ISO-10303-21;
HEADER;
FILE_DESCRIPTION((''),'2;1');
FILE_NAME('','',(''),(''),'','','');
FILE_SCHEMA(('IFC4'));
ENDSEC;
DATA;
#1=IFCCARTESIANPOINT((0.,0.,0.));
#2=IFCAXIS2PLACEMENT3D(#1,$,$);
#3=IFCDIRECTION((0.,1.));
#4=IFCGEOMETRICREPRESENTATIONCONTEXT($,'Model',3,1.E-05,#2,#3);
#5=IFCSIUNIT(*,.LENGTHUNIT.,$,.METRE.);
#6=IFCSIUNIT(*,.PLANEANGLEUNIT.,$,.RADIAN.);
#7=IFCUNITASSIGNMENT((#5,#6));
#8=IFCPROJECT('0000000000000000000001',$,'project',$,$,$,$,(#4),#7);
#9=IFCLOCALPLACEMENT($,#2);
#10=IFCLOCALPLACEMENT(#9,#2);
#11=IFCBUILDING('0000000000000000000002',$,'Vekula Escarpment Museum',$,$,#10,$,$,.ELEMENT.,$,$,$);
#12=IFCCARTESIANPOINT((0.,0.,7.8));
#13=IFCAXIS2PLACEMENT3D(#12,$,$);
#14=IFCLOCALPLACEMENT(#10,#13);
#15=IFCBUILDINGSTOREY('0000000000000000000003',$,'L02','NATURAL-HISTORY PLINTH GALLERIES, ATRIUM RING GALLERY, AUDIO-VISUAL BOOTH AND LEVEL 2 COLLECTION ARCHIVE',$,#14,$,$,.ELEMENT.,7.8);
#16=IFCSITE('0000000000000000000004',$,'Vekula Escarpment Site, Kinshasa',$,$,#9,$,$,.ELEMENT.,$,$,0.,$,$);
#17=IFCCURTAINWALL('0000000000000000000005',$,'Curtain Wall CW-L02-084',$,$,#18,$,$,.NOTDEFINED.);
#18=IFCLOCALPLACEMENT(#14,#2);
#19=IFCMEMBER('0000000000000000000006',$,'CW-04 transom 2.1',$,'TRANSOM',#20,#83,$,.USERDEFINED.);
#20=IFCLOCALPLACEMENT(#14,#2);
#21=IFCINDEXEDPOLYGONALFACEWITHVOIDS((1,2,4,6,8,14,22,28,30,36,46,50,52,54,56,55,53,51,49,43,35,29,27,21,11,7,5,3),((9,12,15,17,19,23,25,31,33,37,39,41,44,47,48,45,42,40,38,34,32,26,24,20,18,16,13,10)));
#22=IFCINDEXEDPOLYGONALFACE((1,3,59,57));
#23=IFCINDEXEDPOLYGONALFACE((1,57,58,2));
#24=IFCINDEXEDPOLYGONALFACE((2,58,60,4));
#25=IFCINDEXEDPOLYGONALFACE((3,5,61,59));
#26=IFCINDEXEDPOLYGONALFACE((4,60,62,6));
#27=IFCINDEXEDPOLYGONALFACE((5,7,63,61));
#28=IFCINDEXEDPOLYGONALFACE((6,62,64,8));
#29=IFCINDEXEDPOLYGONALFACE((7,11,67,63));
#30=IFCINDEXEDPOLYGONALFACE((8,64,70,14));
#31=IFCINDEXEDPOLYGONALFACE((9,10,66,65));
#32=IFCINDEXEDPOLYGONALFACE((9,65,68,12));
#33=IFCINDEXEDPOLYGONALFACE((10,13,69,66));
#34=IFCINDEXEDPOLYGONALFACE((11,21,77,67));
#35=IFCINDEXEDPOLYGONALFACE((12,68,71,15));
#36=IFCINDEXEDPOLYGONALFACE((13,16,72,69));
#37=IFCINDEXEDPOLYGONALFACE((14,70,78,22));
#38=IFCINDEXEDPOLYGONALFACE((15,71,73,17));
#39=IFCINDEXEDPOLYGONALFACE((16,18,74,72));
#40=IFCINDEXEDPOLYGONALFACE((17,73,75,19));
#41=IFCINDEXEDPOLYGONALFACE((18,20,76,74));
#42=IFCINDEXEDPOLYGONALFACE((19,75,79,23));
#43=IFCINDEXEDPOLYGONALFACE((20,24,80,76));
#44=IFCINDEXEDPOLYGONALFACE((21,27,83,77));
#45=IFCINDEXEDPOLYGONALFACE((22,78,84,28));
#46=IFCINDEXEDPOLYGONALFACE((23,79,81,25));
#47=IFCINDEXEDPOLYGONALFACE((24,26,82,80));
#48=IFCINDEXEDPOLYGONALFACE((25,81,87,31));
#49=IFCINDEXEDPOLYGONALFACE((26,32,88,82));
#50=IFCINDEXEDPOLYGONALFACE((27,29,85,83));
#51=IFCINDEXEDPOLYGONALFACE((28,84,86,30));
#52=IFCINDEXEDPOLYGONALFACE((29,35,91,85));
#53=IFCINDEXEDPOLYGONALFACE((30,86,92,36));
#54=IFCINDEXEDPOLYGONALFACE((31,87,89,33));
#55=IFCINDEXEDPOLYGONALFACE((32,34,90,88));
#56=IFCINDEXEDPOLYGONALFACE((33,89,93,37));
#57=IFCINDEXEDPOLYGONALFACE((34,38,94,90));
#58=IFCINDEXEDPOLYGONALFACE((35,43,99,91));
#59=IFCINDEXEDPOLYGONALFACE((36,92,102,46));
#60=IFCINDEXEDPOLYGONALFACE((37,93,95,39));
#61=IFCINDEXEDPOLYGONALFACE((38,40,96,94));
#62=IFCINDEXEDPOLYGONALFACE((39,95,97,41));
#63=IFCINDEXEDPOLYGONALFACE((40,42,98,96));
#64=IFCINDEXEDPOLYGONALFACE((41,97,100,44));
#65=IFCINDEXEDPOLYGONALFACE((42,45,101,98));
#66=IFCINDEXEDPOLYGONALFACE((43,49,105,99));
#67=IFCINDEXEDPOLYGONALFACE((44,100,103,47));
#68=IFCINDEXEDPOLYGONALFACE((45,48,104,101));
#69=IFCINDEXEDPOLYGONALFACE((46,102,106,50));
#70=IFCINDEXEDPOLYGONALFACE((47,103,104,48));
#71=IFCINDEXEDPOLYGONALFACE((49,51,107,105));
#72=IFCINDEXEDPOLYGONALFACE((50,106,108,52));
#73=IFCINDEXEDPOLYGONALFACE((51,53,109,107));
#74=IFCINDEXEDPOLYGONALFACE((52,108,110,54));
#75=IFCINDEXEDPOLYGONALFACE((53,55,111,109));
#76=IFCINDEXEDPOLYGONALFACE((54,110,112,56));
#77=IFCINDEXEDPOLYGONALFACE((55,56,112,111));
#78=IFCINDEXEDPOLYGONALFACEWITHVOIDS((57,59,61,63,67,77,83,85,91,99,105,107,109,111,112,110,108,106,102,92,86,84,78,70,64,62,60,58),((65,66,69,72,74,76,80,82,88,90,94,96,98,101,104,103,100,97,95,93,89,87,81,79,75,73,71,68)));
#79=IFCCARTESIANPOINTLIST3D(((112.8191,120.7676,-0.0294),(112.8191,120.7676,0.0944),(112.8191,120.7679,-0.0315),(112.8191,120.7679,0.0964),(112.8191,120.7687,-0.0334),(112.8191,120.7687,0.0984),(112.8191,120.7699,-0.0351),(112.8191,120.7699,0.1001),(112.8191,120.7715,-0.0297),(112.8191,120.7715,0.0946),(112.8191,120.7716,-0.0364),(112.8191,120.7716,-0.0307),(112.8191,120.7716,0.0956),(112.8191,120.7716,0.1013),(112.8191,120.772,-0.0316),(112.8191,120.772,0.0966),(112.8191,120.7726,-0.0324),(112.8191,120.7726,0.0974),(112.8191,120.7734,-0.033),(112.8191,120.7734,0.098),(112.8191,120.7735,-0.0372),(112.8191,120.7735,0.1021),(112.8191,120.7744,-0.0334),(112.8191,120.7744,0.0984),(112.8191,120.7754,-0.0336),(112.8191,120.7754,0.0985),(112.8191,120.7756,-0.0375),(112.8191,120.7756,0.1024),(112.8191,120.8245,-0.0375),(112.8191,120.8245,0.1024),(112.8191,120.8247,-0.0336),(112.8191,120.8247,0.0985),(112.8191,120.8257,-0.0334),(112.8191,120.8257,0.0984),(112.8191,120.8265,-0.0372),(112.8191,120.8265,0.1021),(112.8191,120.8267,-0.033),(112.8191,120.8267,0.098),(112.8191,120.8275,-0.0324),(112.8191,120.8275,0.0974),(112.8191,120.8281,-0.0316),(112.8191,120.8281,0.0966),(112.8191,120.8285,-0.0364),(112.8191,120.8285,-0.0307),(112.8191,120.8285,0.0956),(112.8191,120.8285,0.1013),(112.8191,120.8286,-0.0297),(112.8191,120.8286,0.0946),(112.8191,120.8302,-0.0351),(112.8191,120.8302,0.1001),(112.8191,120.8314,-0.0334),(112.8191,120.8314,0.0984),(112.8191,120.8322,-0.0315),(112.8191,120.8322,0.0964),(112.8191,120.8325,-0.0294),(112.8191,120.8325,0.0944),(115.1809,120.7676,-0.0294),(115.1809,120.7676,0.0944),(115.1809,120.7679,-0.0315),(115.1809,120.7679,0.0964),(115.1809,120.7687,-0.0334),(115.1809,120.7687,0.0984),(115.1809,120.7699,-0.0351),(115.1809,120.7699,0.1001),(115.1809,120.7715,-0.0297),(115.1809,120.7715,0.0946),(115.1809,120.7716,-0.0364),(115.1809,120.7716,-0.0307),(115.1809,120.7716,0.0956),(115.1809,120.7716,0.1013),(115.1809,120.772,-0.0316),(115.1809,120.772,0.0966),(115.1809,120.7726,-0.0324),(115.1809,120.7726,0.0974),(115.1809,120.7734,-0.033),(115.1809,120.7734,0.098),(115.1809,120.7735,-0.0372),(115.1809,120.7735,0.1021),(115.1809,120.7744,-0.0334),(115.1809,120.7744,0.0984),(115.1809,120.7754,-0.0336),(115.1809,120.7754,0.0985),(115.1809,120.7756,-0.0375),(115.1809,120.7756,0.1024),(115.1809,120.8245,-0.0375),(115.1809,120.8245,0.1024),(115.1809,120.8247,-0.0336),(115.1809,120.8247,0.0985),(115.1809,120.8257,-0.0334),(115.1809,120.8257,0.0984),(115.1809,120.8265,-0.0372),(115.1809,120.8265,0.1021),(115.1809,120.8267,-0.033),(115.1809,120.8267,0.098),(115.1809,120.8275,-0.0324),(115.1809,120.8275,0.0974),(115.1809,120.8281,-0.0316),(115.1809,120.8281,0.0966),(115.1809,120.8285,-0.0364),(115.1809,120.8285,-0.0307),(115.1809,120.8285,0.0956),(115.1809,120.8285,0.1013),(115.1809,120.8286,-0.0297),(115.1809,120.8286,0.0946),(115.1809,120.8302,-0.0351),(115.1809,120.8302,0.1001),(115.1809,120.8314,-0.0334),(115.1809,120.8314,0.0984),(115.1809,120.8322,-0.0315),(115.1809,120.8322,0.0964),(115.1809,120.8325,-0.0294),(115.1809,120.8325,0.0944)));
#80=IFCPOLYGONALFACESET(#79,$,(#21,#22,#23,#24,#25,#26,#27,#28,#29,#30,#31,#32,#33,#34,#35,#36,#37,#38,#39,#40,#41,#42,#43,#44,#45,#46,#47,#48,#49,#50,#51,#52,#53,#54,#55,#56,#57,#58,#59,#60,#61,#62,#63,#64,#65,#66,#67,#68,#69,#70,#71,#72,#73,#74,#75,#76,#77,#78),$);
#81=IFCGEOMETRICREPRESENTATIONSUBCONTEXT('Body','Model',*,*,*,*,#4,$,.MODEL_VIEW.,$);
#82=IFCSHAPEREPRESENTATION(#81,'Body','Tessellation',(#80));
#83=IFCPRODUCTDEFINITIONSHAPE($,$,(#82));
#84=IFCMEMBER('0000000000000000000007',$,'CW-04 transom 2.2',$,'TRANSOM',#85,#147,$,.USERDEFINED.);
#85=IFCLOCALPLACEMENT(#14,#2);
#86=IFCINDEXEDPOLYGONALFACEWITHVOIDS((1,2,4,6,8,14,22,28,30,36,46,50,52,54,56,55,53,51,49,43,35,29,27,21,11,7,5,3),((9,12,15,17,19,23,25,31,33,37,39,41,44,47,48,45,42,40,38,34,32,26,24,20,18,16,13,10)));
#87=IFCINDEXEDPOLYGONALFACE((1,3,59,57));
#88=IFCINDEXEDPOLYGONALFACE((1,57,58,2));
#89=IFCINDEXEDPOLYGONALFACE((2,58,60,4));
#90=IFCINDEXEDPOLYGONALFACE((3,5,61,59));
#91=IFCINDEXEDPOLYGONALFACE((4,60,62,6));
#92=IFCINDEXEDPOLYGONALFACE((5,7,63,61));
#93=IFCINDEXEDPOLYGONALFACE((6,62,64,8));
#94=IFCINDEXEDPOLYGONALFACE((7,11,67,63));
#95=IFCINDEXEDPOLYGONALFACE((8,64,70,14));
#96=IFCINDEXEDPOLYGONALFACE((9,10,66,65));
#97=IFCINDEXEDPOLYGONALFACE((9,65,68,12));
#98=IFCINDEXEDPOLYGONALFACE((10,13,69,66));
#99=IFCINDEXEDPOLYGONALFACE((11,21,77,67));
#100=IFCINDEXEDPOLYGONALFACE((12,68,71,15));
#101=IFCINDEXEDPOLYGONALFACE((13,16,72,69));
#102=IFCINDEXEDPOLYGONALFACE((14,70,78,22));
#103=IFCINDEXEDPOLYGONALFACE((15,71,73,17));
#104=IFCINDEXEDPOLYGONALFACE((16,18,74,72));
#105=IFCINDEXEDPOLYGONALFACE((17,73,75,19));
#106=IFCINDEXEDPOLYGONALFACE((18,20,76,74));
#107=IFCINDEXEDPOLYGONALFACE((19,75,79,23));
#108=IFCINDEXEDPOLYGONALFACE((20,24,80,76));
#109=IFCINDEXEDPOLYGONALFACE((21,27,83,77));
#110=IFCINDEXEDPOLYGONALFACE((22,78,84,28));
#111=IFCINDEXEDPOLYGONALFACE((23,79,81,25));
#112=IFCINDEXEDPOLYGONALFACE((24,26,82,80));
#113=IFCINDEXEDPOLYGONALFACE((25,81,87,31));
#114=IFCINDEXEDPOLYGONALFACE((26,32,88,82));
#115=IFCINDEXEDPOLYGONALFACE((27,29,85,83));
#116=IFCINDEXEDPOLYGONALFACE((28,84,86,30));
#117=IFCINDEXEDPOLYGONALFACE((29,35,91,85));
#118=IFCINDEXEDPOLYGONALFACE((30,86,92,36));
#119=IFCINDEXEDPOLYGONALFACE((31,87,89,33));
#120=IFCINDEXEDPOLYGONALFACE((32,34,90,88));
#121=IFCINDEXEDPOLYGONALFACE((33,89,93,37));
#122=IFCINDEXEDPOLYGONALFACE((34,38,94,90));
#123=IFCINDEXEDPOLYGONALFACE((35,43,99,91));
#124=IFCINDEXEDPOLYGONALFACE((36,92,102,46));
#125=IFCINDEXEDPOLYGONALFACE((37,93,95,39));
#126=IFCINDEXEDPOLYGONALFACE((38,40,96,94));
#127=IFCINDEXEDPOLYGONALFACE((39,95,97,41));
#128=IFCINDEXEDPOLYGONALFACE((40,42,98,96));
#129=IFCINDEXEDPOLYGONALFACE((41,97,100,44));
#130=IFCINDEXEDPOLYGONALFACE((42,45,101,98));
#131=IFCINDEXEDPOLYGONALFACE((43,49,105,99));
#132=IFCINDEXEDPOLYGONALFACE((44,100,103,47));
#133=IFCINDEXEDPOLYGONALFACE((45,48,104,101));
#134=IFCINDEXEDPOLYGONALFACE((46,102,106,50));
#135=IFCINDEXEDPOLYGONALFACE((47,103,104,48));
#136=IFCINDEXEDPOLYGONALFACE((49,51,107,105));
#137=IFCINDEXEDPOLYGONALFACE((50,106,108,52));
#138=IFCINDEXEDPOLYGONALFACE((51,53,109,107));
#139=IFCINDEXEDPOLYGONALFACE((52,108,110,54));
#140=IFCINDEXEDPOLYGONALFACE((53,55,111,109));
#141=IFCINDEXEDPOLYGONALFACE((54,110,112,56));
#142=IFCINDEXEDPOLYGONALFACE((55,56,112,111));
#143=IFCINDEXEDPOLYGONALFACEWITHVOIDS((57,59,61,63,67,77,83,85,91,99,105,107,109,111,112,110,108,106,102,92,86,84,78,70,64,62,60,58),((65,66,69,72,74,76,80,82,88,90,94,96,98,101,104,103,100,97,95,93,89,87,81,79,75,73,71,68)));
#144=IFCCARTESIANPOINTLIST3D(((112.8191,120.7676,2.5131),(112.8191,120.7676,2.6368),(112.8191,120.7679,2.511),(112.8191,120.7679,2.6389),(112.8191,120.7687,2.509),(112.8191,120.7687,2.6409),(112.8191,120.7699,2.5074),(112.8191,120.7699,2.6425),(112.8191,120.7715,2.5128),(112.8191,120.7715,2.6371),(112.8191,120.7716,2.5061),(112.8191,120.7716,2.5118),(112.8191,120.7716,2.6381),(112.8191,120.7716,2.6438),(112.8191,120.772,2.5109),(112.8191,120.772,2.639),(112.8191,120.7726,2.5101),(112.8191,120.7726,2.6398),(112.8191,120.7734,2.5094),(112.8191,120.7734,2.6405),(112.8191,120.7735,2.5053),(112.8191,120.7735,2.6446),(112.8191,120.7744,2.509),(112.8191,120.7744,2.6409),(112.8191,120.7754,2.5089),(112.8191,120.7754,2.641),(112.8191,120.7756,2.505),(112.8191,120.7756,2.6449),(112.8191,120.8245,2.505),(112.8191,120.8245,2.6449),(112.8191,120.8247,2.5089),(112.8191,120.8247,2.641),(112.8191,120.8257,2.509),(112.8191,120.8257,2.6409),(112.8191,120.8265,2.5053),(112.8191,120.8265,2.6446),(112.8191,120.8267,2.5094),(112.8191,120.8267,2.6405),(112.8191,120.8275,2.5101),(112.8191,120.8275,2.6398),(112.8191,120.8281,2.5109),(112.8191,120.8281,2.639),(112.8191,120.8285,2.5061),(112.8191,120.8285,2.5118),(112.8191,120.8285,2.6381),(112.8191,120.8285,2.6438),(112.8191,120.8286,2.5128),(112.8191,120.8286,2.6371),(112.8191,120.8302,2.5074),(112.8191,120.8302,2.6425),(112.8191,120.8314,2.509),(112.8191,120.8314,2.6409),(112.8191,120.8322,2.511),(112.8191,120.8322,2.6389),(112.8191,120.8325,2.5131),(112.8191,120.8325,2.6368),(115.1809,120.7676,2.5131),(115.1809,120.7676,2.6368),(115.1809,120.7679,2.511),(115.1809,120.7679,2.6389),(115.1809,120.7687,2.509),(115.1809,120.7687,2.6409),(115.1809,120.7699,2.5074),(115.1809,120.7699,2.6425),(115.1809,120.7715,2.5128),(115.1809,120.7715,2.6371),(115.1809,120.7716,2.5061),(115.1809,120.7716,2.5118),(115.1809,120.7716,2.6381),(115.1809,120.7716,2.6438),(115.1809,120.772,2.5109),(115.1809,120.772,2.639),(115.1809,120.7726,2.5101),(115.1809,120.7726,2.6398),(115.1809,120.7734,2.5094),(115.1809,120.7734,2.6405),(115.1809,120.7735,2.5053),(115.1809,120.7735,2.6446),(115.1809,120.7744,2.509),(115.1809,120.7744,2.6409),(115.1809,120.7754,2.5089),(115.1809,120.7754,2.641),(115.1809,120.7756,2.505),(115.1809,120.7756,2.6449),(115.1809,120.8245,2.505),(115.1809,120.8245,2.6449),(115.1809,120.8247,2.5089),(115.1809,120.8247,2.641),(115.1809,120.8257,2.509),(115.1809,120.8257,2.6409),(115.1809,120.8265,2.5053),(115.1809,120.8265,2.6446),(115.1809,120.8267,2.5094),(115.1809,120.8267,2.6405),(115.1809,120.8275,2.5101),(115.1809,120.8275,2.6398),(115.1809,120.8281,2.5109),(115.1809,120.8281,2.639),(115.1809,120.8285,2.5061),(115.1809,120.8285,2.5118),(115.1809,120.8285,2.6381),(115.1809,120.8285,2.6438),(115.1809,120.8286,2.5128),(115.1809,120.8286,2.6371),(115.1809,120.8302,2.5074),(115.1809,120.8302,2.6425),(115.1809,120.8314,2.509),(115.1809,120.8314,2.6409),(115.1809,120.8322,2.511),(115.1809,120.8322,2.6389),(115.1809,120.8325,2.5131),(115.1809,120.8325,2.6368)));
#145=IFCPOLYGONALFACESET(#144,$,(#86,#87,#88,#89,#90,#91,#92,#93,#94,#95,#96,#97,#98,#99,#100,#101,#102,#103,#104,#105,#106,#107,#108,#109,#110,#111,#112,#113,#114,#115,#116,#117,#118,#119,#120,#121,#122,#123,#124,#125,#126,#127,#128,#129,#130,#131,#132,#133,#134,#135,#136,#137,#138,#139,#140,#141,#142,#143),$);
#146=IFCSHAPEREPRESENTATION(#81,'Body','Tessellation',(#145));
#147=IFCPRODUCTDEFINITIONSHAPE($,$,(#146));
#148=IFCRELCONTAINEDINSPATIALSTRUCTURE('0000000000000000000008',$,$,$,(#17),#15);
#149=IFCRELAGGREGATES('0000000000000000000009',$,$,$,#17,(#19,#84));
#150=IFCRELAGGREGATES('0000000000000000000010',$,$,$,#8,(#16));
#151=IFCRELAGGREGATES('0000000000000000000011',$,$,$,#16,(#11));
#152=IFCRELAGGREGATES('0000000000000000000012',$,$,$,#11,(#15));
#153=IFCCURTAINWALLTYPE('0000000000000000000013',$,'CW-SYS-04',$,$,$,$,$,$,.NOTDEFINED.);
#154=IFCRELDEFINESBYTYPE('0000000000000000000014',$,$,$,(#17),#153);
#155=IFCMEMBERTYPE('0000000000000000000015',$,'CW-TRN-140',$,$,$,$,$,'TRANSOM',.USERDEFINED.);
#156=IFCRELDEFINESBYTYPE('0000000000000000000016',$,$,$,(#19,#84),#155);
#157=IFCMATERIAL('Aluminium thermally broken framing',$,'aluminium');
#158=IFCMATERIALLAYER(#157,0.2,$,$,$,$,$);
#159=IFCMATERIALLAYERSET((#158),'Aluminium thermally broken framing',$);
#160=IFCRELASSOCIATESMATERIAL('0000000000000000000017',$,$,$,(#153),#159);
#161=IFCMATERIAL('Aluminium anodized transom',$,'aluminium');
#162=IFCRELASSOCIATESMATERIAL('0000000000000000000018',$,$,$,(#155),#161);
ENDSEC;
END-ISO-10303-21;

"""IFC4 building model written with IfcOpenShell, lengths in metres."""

from ifc_helpers import new_model, si_unit, direction, frame, origin, origin_2d, place, context, subcontext, project, spatial, hollow_rectangle, extrude, material, layer, layer_set, material_profile, profile_set, type_object, element, aggregate, save


model = new_model("IFC4")

# Units and contexts
model_context = context("Model", 3, precision=1e-05, world=origin(), true_north=direction((0.0, 1.0)))
body_context = subcontext(model_context, "Body", "Model", "MODEL_VIEW")
ifc_project = project(units=[si_unit("LENGTHUNIT", "METRE"), si_unit("PLANEANGLEUNIT", "RADIAN")], contexts=[model_context])

# Site, building, storey
site_placement = place(None, origin())
site = spatial("IfcSite", under=ifc_project, at=site_placement, Name="Vekula Escarpment Site, Kinshasa", CompositionType="ELEMENT", RefElevation=0.0)
building_placement = place(site_placement, origin())
building = spatial("IfcBuilding", under=site, at=building_placement, Name="Vekula Escarpment Museum", CompositionType="ELEMENT")
storey_placement = place(building_placement, frame((0.0, 0.0, 7.8)))
storey = spatial("IfcBuildingStorey", under=building, at=storey_placement, Name="L02", Description="NATURAL-HISTORY PLINTH GALLERIES, ATRIUM RING GALLERY, AUDIO-VISUAL BOOTH AND LEVEL 2 COLLECTION ARCHIVE", CompositionType="ELEMENT", Elevation=7.8)

# Curtain wall, members
ifc_material_1 = material(Name="Aluminium thermally broken framing", Category="aluminium")
ifc_layer_1 = layer(ifc_material_1, 0.2)
ifc_layer_set_1 = layer_set([ifc_layer_1], Name="Aluminium thermally broken framing")
curtain_wall_type = type_object("IfcCurtainWallType", Name="CW-SYS-04", PredefinedType="NOTDEFINED", material=ifc_layer_set_1)
curtain_wall_placement = place(storey_placement, origin())
curtain_wall = element("IfcCurtainWall", 1, at=curtain_wall_placement, inside=storey, type_object=curtain_wall_type, Name="Curtain Wall CW-L02-084", PredefinedType="NOTDEFINED")
ifc_material_2 = material(Name="Aluminium anodized transom", Category="aluminium")
ifc_material_profile_1 = material_profile(ifc_material_2, hollow_rectangle(XDim=0.0649, YDim=0.1399, WallThickness=0.0039, InnerFilletRadius=0.0039, OuterFilletRadius=0.0081, at=origin_2d()), Name="ALU 140x65x4")
ifc_profile_set_1 = profile_set([ifc_material_profile_1], Name="Aluminium anodized transom")
member_type_1 = type_object("IfcMemberType", Name="CW-TRN-140", ElementType="TRANSOM", PredefinedType="USERDEFINED", material=ifc_profile_set_1)
member_1_placement = place(storey_placement, frame((112.8191, 120.8, 0.0325), z_axis=(1.0, 0.0, 0.0), x_axis=(0.0, 1.0, 0.0)))
member_1 = element("IfcMember", 2, at=member_1_placement, type_object=member_type_1, Name="CW-04 transom 2.1", ObjectType="TRANSOM", PredefinedType="USERDEFINED", context=body_context, shape_type="SweptSolid", body=[
    extrude(hollow_rectangle(XDim=0.0649, YDim=0.1399, WallThickness=0.0039, InnerFilletRadius=0.0039, OuterFilletRadius=0.0081, at=origin_2d()), origin(), (0.0, 0.0, 1.0), 2.3618),
])
member_2_placement = place(storey_placement, frame((112.8191, 120.8, 2.575), z_axis=(1.0, 0.0, 0.0), x_axis=(0.0, 1.0, 0.0)))
member_2 = element("IfcMember", 3, at=member_2_placement, type_object=member_type_1, Name="CW-04 transom 2.2", ObjectType="TRANSOM", PredefinedType="USERDEFINED", context=body_context, shape_type="SweptSolid", body=[
    extrude(hollow_rectangle(XDim=0.0649, YDim=0.1399, WallThickness=0.0039, InnerFilletRadius=0.0039, OuterFilletRadius=0.0081, at=origin_2d()), origin(), (0.0, 0.0, 1.0), 2.3618),
])

aggregate(curtain_wall, [member_1, member_2])

save(model, "model.ifc")
